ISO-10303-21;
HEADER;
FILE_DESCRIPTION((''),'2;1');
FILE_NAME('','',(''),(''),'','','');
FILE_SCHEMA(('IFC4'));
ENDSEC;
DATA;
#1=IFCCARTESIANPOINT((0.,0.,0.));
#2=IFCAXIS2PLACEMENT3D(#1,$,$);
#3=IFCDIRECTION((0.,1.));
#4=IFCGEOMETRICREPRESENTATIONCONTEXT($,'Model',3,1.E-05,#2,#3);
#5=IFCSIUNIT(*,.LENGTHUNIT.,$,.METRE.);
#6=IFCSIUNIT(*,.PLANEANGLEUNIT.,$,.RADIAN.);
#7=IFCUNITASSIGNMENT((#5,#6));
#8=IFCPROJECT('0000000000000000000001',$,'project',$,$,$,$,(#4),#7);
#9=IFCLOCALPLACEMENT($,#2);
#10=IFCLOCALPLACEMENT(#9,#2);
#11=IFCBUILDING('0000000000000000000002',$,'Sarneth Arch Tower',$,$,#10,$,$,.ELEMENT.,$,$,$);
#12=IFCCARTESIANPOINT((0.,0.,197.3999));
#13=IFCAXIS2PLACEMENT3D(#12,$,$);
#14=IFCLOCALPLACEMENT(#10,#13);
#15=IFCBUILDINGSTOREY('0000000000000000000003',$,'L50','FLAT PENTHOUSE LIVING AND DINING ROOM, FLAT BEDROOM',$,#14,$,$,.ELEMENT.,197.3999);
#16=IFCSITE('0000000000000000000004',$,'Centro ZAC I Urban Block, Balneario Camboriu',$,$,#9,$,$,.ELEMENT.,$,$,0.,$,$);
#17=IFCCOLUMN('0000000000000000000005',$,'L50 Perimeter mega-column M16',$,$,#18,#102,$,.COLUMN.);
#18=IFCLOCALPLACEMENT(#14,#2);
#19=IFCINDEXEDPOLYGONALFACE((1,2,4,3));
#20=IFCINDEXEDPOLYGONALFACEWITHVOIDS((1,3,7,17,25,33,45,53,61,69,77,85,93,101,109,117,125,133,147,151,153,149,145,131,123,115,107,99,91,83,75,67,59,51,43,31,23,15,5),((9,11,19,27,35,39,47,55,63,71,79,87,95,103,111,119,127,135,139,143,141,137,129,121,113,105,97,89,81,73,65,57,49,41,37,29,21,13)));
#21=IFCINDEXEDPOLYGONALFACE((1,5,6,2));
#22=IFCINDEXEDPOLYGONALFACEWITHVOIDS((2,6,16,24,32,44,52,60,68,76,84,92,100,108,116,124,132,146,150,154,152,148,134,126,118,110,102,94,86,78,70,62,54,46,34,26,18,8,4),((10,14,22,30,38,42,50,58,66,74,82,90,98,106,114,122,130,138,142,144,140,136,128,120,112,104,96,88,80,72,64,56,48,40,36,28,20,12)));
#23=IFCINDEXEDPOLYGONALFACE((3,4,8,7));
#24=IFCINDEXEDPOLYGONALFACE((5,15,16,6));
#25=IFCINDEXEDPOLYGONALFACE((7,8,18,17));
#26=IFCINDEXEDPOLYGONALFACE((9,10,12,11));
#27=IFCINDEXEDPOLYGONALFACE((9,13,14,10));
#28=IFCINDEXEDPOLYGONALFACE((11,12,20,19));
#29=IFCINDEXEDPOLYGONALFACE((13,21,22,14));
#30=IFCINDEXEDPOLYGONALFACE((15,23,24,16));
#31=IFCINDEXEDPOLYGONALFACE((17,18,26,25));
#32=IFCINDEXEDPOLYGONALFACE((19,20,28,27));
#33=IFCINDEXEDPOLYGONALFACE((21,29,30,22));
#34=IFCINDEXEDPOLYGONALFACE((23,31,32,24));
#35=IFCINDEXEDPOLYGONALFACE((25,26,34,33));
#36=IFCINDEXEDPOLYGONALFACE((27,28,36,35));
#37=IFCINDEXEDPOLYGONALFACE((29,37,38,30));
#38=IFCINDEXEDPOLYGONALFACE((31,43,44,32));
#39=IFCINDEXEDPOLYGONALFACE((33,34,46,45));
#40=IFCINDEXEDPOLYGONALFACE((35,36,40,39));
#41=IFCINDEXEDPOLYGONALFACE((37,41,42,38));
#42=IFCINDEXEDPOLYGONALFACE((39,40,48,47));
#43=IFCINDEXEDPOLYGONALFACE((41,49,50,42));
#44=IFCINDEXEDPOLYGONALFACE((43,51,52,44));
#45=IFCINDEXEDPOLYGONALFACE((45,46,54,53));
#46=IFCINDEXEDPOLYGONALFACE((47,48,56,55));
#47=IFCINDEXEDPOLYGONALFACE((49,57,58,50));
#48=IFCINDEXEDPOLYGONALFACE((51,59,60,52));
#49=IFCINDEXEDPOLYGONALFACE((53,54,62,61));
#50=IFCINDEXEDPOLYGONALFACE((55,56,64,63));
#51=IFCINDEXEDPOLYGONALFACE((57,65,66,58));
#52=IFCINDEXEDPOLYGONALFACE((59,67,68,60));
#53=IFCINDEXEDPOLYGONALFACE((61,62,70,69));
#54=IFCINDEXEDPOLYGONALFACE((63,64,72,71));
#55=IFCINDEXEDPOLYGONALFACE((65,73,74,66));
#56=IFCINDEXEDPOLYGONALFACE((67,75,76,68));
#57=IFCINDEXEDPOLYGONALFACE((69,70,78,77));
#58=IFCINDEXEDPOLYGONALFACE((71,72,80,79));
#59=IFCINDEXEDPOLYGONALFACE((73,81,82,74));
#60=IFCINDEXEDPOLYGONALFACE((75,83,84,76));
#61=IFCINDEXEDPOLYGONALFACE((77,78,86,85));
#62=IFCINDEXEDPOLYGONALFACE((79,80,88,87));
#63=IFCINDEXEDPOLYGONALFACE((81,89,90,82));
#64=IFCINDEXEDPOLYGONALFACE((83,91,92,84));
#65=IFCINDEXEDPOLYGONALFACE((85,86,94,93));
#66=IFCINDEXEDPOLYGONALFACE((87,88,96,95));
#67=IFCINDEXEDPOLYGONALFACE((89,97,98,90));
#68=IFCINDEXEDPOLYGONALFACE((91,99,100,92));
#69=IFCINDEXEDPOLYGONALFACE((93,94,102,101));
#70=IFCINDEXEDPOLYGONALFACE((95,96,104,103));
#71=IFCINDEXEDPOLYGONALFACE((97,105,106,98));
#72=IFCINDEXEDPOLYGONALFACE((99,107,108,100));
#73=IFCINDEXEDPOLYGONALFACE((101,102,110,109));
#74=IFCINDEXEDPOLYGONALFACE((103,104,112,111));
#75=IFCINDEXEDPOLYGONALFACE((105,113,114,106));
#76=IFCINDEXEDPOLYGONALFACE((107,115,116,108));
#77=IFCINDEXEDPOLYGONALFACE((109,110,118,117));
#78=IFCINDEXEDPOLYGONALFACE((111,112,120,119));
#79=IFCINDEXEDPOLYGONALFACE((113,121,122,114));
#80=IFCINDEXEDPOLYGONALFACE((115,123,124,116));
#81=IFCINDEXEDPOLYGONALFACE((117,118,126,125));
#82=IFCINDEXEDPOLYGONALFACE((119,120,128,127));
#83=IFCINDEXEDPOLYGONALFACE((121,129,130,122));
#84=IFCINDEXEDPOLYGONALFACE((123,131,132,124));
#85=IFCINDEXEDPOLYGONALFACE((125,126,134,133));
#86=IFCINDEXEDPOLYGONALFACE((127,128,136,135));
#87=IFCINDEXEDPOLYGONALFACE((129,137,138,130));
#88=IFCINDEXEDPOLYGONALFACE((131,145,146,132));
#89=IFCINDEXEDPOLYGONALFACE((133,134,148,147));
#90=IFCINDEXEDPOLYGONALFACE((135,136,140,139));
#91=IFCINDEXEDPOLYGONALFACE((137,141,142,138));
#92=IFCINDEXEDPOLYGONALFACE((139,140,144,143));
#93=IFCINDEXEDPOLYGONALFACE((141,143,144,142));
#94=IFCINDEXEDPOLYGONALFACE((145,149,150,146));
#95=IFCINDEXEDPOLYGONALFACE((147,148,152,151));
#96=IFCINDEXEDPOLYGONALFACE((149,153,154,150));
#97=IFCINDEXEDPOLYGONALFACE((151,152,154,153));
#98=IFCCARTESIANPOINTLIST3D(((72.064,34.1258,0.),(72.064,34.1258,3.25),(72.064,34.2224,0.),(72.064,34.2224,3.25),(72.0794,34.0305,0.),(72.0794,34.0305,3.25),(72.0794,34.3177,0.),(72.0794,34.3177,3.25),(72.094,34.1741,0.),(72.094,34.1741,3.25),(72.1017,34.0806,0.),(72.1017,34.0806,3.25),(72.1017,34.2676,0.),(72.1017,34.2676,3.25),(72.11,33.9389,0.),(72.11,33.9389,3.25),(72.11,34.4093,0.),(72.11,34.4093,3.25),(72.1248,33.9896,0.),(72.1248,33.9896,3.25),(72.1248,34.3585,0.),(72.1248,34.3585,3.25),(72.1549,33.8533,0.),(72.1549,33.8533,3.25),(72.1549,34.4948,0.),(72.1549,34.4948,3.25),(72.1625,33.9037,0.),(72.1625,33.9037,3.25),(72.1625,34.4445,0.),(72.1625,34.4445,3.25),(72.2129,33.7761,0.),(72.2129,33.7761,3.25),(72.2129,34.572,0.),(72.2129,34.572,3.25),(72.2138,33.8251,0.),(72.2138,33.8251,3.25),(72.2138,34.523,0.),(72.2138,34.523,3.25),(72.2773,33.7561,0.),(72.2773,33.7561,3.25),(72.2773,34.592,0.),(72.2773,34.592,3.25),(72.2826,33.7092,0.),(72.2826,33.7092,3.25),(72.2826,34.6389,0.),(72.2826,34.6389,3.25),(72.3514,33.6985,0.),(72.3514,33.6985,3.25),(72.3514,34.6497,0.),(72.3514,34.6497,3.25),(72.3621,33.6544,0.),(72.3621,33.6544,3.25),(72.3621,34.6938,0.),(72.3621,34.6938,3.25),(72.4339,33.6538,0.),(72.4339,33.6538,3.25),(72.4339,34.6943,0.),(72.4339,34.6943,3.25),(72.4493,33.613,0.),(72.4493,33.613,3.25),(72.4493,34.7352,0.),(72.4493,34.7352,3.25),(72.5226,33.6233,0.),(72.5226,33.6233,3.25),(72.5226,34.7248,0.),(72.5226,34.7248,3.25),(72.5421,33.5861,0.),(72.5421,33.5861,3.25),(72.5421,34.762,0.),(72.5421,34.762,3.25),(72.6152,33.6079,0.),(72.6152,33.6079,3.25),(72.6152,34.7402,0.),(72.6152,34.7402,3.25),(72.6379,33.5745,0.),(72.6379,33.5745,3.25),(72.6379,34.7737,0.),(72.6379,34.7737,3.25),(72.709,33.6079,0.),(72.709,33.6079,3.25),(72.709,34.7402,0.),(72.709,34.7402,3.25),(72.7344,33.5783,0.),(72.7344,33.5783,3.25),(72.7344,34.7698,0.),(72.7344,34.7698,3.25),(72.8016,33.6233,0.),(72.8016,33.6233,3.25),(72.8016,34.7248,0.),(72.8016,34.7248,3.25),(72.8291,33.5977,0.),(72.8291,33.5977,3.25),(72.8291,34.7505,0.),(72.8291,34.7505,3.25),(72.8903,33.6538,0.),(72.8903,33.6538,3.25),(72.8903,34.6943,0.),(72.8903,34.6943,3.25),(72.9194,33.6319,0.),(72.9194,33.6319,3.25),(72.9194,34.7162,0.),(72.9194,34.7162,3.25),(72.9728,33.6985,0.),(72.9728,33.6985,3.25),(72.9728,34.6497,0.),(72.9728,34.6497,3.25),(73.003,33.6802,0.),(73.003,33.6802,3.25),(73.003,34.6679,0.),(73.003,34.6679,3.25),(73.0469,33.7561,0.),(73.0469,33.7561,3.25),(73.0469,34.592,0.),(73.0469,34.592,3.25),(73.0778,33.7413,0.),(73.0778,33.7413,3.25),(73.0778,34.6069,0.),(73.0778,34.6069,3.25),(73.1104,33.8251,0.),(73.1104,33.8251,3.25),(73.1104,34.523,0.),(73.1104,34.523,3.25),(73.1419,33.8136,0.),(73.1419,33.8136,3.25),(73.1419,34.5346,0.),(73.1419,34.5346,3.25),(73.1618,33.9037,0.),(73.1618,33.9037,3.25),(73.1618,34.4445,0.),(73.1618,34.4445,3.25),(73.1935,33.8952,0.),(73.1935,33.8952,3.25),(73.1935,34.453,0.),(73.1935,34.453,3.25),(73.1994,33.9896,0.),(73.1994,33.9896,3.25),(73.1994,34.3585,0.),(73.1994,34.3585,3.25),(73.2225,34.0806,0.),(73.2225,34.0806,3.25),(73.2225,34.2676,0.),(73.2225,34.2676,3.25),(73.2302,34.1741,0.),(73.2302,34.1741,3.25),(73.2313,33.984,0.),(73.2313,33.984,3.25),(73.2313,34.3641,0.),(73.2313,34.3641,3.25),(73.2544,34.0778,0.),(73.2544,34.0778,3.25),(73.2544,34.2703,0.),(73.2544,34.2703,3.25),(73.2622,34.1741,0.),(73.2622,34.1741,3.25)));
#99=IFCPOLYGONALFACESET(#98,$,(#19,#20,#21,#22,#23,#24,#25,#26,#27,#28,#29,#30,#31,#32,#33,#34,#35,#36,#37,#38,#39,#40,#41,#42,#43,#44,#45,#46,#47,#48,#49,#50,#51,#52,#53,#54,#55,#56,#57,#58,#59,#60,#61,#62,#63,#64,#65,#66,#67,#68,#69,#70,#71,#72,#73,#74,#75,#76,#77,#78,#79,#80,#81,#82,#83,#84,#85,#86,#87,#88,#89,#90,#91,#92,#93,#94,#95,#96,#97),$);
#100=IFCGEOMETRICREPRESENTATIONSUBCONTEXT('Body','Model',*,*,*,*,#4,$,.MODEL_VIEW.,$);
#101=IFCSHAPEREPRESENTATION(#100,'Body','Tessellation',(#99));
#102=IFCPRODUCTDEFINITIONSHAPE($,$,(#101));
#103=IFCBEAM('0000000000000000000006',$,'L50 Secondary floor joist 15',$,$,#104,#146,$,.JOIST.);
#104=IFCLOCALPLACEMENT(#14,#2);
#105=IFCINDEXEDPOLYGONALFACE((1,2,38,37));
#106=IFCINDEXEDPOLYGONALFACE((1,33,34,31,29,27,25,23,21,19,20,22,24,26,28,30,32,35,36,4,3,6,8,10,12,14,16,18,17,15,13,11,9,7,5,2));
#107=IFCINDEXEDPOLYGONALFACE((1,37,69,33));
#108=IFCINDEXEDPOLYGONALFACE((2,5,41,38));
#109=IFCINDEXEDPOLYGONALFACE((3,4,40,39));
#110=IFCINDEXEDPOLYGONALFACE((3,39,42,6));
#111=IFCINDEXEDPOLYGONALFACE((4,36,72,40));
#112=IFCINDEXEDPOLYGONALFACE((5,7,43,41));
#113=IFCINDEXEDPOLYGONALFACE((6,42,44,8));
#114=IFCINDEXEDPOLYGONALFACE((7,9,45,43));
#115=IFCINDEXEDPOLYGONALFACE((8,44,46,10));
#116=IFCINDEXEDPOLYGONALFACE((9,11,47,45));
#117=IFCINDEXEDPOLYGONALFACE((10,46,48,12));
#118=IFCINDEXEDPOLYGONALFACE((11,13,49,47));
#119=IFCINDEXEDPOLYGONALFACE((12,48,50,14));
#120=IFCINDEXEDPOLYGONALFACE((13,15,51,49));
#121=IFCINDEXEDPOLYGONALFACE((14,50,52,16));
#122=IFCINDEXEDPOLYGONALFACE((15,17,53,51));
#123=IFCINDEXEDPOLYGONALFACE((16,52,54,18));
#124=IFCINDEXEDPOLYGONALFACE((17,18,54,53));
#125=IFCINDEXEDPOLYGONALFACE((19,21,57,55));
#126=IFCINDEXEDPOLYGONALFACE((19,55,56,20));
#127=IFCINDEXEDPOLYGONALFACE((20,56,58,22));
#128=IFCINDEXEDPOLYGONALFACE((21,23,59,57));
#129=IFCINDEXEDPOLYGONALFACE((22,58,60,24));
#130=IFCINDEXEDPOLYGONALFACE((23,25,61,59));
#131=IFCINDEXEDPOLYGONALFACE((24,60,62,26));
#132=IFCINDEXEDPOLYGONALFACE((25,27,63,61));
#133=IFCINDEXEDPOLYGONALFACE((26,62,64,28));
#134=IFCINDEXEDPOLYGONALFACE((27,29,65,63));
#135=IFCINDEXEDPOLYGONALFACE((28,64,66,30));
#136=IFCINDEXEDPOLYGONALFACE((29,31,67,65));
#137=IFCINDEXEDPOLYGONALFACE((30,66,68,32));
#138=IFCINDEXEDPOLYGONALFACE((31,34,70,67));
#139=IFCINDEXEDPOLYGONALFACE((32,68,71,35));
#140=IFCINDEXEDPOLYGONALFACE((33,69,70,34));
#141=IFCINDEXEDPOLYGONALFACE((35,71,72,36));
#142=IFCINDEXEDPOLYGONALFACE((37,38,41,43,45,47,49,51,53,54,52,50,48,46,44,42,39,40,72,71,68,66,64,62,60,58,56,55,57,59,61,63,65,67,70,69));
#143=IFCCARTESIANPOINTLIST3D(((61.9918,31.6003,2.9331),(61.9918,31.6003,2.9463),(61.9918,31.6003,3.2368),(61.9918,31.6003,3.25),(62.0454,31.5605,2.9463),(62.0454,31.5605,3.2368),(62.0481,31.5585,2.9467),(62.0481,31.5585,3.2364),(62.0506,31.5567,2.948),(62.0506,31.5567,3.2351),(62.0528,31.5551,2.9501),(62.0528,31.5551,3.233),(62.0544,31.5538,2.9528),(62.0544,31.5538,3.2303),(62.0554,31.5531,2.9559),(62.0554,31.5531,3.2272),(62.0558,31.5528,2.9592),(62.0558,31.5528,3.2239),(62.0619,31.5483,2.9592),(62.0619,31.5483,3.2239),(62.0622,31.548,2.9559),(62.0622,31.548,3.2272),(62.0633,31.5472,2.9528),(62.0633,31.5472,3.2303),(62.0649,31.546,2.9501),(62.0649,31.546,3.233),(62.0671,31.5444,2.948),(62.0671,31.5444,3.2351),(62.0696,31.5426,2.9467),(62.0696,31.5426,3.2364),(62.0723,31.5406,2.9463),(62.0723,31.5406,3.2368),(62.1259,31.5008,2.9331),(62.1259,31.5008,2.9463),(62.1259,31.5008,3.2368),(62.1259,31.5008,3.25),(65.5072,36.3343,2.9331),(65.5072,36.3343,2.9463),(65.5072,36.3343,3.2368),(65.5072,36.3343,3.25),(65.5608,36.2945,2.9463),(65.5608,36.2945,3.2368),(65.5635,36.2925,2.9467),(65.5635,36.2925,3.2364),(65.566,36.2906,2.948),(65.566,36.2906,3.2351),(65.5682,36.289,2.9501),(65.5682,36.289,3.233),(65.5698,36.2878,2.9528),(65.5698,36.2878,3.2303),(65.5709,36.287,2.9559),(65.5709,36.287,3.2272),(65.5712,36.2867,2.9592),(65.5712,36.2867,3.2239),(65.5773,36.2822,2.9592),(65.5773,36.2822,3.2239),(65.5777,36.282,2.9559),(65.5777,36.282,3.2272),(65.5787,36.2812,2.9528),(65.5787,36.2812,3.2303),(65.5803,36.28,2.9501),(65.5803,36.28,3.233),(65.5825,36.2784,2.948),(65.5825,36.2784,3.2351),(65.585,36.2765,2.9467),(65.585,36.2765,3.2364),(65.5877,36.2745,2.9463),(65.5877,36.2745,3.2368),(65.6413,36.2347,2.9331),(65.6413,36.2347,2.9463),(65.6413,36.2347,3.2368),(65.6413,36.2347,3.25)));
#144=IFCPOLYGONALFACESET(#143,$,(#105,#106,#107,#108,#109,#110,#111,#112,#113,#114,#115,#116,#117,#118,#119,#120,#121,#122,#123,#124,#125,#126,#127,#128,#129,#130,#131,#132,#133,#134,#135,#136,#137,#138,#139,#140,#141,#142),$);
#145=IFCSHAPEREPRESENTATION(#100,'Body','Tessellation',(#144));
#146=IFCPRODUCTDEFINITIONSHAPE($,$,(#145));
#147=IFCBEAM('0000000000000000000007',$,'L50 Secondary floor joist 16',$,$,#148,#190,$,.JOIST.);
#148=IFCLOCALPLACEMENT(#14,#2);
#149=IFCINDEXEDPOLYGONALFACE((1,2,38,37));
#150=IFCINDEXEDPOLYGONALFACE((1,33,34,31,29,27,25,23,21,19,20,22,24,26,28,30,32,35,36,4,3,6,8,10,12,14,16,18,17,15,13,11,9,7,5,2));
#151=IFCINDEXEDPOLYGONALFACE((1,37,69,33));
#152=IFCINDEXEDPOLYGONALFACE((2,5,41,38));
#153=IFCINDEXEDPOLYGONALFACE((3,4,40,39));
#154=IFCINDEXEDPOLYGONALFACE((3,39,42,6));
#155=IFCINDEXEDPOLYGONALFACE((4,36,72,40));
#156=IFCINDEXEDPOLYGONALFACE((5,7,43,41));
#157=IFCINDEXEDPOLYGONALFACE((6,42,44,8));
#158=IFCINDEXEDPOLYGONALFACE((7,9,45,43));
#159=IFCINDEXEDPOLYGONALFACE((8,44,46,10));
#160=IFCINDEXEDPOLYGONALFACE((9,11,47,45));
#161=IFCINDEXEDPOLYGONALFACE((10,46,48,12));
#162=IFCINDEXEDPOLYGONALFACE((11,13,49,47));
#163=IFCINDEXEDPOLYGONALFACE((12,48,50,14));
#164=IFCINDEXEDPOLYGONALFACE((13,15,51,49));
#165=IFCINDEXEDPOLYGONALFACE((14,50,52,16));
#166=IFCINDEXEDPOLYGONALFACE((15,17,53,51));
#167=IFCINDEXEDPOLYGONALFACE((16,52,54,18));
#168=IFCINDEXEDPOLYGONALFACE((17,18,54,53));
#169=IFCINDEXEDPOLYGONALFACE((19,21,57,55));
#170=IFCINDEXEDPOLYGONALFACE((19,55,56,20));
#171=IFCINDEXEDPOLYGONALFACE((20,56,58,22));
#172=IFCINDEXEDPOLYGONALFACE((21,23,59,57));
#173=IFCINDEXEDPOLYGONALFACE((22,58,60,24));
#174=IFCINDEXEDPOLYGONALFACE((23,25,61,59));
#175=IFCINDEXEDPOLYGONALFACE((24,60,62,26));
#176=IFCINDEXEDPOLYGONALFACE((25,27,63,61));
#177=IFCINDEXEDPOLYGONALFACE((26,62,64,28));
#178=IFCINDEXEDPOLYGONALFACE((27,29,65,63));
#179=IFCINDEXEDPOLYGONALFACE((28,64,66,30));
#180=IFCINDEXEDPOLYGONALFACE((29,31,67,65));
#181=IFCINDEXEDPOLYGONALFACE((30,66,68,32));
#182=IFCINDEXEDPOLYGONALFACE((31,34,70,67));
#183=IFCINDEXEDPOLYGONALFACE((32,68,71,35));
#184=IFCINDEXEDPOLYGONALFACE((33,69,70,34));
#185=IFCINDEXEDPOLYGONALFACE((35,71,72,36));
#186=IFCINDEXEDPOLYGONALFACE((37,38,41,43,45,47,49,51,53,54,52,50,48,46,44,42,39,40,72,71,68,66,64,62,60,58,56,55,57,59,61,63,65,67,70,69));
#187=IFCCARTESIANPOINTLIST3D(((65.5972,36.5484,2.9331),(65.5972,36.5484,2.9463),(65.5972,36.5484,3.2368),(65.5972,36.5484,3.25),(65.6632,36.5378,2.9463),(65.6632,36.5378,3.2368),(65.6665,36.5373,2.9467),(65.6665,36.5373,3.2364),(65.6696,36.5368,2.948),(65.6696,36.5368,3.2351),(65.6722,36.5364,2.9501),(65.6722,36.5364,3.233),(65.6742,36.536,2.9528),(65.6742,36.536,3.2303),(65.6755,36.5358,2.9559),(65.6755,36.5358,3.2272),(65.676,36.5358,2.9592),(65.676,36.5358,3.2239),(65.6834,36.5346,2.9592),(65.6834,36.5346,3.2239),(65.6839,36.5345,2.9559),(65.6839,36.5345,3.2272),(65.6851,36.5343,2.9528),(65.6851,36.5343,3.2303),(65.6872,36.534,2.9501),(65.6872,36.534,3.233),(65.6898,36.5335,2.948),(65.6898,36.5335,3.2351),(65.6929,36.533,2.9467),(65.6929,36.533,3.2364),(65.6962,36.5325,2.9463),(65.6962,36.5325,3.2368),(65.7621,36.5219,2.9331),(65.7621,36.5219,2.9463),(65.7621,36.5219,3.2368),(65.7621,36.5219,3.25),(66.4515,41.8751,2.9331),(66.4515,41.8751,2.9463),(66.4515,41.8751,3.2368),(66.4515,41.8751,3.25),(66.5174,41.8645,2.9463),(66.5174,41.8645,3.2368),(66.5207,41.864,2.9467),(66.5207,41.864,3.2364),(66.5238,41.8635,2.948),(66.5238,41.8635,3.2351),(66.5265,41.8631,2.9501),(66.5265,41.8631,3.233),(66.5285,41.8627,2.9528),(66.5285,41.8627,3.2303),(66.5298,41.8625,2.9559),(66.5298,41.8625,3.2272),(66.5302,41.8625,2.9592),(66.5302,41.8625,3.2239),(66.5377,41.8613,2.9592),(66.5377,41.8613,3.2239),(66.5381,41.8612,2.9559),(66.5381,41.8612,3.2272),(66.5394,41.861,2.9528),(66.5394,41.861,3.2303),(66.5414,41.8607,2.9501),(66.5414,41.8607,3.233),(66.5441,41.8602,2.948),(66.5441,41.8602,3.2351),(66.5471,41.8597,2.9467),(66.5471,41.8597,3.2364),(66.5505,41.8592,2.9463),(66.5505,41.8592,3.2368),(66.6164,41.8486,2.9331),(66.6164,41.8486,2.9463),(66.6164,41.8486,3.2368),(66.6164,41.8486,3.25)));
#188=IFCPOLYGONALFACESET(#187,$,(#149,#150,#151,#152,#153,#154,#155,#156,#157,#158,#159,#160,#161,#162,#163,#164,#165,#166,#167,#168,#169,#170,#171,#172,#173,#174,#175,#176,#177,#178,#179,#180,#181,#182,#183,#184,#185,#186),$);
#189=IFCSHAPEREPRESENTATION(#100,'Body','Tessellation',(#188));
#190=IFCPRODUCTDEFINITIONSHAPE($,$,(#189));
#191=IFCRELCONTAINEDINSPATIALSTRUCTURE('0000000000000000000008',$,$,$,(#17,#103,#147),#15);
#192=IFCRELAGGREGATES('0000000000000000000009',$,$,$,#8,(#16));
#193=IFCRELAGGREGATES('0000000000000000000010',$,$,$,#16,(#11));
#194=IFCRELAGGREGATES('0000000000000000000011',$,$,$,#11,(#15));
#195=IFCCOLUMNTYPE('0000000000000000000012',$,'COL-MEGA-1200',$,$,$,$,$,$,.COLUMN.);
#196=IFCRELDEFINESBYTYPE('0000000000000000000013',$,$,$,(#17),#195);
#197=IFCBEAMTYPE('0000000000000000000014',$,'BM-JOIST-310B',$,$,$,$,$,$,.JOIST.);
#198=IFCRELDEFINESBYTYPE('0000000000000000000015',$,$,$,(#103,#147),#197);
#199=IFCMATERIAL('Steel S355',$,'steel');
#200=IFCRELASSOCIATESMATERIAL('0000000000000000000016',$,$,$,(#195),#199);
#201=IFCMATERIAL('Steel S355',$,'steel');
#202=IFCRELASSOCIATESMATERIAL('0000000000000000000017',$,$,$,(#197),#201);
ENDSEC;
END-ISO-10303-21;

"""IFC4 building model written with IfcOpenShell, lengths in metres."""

from ifc_helpers import new_model, si_unit, direction, frame, origin, origin_2d, place, context, subcontext, project, spatial, hollow_circle, i_section, extrude, material, material_profile, profile_set, type_object, element, save


model = new_model("IFC4")

# Units and contexts
model_context = context("Model", 3, precision=1e-05, world=origin(), true_north=direction((0.0, 1.0)))
body_context = subcontext(model_context, "Body", "Model", "MODEL_VIEW")
ifc_project = project(units=[si_unit("LENGTHUNIT", "METRE"), si_unit("PLANEANGLEUNIT", "RADIAN")], contexts=[model_context])

# Site, building, storey
site_placement = place(None, origin())
site = spatial("IfcSite", under=ifc_project, at=site_placement, Name="Centro ZAC I Urban Block, Balneario Camboriu", CompositionType="ELEMENT", RefElevation=0.0)
building_placement = place(site_placement, origin())
building = spatial("IfcBuilding", under=site, at=building_placement, Name="Sarneth Arch Tower", CompositionType="ELEMENT")
storey_placement = place(building_placement, frame((0.0, 0.0, 197.3999)))
storey = spatial("IfcBuildingStorey", under=building, at=storey_placement, Name="L50", Description="FLAT PENTHOUSE LIVING AND DINING ROOM, FLAT BEDROOM", CompositionType="ELEMENT", Elevation=197.3999)

# Column
ifc_material_1 = material(Name="Steel S355", Category="steel")
ifc_material_profile_1 = material_profile(ifc_material_1, hollow_circle(Radius=0.6001, WallThickness=0.032, at=origin_2d()), Name="CHS1200x32")
ifc_profile_set_1 = profile_set([ifc_material_profile_1], Name="Steel S355")
column_type = type_object("IfcColumnType", Name="COL-MEGA-1200", PredefinedType="COLUMN", material=ifc_profile_set_1)
column_placement = place(storey_placement, frame((72.6621, 34.1741, 0.0), z_axis=(0.0, 0.0, 1.0), x_axis=(1.0, 0.0, 0.0)))
element("IfcColumn", 1, at=column_placement, inside=storey, type_object=column_type, Name="L50 Perimeter mega-column M16", PredefinedType="COLUMN", context=body_context, shape_type="SweptSolid", body=[
    extrude(hollow_circle(Radius=0.6001, WallThickness=0.032, at=origin_2d()), origin(), (0.0, 0.0, 1.0), 3.25),
])

# Beams
ifc_material_2 = material(Name="Steel S355", Category="steel")
ifc_material_profile_2 = material_profile(ifc_material_2, i_section(OverallWidth=0.167, OverallDepth=0.3169, WebThickness=0.0076, FlangeThickness=0.0132, FilletRadius=0.0129, at=origin_2d()), Name="W310x52")
ifc_profile_set_2 = profile_set([ifc_material_profile_2], Name="Steel S355")
beam_type_1 = type_object("IfcBeamType", Name="BM-JOIST-310B", PredefinedType="JOIST", material=ifc_profile_set_2)
beam_1_placement = place(storey_placement, frame((62.0588, 31.5505, 3.0916), z_axis=(0.596191, 0.802843, 0.0), x_axis=(-0.802843, 0.596191, 0.0)))
element("IfcBeam", 2, at=beam_1_placement, inside=storey, type_object=beam_type_1, Name="L50 Secondary floor joist 15", PredefinedType="JOIST", context=body_context, shape_type="SweptSolid", body=[
    extrude(i_section(OverallWidth=0.167, OverallDepth=0.3169, WebThickness=0.0076, FlangeThickness=0.0132, FilletRadius=0.0129, at=origin_2d()), origin(), (0.0, 0.0, 1.0), 5.8965),
])
beam_2_placement = place(storey_placement, frame((65.6797, 36.5352, 3.0916), z_axis=(0.158349, 0.987383, 0.0), x_axis=(-0.987383, 0.158349, 0.0)))
element("IfcBeam", 3, at=beam_2_placement, inside=storey, type_object=beam_type_1, Name="L50 Secondary floor joist 16", PredefinedType="JOIST", context=body_context, shape_type="SweptSolid", body=[
    extrude(i_section(OverallWidth=0.167, OverallDepth=0.3169, WebThickness=0.0076, FlangeThickness=0.0132, FilletRadius=0.0129, at=origin_2d()), origin(), (0.0, 0.0, 1.0), 5.3948),
])

save(model, "model.ifc")
